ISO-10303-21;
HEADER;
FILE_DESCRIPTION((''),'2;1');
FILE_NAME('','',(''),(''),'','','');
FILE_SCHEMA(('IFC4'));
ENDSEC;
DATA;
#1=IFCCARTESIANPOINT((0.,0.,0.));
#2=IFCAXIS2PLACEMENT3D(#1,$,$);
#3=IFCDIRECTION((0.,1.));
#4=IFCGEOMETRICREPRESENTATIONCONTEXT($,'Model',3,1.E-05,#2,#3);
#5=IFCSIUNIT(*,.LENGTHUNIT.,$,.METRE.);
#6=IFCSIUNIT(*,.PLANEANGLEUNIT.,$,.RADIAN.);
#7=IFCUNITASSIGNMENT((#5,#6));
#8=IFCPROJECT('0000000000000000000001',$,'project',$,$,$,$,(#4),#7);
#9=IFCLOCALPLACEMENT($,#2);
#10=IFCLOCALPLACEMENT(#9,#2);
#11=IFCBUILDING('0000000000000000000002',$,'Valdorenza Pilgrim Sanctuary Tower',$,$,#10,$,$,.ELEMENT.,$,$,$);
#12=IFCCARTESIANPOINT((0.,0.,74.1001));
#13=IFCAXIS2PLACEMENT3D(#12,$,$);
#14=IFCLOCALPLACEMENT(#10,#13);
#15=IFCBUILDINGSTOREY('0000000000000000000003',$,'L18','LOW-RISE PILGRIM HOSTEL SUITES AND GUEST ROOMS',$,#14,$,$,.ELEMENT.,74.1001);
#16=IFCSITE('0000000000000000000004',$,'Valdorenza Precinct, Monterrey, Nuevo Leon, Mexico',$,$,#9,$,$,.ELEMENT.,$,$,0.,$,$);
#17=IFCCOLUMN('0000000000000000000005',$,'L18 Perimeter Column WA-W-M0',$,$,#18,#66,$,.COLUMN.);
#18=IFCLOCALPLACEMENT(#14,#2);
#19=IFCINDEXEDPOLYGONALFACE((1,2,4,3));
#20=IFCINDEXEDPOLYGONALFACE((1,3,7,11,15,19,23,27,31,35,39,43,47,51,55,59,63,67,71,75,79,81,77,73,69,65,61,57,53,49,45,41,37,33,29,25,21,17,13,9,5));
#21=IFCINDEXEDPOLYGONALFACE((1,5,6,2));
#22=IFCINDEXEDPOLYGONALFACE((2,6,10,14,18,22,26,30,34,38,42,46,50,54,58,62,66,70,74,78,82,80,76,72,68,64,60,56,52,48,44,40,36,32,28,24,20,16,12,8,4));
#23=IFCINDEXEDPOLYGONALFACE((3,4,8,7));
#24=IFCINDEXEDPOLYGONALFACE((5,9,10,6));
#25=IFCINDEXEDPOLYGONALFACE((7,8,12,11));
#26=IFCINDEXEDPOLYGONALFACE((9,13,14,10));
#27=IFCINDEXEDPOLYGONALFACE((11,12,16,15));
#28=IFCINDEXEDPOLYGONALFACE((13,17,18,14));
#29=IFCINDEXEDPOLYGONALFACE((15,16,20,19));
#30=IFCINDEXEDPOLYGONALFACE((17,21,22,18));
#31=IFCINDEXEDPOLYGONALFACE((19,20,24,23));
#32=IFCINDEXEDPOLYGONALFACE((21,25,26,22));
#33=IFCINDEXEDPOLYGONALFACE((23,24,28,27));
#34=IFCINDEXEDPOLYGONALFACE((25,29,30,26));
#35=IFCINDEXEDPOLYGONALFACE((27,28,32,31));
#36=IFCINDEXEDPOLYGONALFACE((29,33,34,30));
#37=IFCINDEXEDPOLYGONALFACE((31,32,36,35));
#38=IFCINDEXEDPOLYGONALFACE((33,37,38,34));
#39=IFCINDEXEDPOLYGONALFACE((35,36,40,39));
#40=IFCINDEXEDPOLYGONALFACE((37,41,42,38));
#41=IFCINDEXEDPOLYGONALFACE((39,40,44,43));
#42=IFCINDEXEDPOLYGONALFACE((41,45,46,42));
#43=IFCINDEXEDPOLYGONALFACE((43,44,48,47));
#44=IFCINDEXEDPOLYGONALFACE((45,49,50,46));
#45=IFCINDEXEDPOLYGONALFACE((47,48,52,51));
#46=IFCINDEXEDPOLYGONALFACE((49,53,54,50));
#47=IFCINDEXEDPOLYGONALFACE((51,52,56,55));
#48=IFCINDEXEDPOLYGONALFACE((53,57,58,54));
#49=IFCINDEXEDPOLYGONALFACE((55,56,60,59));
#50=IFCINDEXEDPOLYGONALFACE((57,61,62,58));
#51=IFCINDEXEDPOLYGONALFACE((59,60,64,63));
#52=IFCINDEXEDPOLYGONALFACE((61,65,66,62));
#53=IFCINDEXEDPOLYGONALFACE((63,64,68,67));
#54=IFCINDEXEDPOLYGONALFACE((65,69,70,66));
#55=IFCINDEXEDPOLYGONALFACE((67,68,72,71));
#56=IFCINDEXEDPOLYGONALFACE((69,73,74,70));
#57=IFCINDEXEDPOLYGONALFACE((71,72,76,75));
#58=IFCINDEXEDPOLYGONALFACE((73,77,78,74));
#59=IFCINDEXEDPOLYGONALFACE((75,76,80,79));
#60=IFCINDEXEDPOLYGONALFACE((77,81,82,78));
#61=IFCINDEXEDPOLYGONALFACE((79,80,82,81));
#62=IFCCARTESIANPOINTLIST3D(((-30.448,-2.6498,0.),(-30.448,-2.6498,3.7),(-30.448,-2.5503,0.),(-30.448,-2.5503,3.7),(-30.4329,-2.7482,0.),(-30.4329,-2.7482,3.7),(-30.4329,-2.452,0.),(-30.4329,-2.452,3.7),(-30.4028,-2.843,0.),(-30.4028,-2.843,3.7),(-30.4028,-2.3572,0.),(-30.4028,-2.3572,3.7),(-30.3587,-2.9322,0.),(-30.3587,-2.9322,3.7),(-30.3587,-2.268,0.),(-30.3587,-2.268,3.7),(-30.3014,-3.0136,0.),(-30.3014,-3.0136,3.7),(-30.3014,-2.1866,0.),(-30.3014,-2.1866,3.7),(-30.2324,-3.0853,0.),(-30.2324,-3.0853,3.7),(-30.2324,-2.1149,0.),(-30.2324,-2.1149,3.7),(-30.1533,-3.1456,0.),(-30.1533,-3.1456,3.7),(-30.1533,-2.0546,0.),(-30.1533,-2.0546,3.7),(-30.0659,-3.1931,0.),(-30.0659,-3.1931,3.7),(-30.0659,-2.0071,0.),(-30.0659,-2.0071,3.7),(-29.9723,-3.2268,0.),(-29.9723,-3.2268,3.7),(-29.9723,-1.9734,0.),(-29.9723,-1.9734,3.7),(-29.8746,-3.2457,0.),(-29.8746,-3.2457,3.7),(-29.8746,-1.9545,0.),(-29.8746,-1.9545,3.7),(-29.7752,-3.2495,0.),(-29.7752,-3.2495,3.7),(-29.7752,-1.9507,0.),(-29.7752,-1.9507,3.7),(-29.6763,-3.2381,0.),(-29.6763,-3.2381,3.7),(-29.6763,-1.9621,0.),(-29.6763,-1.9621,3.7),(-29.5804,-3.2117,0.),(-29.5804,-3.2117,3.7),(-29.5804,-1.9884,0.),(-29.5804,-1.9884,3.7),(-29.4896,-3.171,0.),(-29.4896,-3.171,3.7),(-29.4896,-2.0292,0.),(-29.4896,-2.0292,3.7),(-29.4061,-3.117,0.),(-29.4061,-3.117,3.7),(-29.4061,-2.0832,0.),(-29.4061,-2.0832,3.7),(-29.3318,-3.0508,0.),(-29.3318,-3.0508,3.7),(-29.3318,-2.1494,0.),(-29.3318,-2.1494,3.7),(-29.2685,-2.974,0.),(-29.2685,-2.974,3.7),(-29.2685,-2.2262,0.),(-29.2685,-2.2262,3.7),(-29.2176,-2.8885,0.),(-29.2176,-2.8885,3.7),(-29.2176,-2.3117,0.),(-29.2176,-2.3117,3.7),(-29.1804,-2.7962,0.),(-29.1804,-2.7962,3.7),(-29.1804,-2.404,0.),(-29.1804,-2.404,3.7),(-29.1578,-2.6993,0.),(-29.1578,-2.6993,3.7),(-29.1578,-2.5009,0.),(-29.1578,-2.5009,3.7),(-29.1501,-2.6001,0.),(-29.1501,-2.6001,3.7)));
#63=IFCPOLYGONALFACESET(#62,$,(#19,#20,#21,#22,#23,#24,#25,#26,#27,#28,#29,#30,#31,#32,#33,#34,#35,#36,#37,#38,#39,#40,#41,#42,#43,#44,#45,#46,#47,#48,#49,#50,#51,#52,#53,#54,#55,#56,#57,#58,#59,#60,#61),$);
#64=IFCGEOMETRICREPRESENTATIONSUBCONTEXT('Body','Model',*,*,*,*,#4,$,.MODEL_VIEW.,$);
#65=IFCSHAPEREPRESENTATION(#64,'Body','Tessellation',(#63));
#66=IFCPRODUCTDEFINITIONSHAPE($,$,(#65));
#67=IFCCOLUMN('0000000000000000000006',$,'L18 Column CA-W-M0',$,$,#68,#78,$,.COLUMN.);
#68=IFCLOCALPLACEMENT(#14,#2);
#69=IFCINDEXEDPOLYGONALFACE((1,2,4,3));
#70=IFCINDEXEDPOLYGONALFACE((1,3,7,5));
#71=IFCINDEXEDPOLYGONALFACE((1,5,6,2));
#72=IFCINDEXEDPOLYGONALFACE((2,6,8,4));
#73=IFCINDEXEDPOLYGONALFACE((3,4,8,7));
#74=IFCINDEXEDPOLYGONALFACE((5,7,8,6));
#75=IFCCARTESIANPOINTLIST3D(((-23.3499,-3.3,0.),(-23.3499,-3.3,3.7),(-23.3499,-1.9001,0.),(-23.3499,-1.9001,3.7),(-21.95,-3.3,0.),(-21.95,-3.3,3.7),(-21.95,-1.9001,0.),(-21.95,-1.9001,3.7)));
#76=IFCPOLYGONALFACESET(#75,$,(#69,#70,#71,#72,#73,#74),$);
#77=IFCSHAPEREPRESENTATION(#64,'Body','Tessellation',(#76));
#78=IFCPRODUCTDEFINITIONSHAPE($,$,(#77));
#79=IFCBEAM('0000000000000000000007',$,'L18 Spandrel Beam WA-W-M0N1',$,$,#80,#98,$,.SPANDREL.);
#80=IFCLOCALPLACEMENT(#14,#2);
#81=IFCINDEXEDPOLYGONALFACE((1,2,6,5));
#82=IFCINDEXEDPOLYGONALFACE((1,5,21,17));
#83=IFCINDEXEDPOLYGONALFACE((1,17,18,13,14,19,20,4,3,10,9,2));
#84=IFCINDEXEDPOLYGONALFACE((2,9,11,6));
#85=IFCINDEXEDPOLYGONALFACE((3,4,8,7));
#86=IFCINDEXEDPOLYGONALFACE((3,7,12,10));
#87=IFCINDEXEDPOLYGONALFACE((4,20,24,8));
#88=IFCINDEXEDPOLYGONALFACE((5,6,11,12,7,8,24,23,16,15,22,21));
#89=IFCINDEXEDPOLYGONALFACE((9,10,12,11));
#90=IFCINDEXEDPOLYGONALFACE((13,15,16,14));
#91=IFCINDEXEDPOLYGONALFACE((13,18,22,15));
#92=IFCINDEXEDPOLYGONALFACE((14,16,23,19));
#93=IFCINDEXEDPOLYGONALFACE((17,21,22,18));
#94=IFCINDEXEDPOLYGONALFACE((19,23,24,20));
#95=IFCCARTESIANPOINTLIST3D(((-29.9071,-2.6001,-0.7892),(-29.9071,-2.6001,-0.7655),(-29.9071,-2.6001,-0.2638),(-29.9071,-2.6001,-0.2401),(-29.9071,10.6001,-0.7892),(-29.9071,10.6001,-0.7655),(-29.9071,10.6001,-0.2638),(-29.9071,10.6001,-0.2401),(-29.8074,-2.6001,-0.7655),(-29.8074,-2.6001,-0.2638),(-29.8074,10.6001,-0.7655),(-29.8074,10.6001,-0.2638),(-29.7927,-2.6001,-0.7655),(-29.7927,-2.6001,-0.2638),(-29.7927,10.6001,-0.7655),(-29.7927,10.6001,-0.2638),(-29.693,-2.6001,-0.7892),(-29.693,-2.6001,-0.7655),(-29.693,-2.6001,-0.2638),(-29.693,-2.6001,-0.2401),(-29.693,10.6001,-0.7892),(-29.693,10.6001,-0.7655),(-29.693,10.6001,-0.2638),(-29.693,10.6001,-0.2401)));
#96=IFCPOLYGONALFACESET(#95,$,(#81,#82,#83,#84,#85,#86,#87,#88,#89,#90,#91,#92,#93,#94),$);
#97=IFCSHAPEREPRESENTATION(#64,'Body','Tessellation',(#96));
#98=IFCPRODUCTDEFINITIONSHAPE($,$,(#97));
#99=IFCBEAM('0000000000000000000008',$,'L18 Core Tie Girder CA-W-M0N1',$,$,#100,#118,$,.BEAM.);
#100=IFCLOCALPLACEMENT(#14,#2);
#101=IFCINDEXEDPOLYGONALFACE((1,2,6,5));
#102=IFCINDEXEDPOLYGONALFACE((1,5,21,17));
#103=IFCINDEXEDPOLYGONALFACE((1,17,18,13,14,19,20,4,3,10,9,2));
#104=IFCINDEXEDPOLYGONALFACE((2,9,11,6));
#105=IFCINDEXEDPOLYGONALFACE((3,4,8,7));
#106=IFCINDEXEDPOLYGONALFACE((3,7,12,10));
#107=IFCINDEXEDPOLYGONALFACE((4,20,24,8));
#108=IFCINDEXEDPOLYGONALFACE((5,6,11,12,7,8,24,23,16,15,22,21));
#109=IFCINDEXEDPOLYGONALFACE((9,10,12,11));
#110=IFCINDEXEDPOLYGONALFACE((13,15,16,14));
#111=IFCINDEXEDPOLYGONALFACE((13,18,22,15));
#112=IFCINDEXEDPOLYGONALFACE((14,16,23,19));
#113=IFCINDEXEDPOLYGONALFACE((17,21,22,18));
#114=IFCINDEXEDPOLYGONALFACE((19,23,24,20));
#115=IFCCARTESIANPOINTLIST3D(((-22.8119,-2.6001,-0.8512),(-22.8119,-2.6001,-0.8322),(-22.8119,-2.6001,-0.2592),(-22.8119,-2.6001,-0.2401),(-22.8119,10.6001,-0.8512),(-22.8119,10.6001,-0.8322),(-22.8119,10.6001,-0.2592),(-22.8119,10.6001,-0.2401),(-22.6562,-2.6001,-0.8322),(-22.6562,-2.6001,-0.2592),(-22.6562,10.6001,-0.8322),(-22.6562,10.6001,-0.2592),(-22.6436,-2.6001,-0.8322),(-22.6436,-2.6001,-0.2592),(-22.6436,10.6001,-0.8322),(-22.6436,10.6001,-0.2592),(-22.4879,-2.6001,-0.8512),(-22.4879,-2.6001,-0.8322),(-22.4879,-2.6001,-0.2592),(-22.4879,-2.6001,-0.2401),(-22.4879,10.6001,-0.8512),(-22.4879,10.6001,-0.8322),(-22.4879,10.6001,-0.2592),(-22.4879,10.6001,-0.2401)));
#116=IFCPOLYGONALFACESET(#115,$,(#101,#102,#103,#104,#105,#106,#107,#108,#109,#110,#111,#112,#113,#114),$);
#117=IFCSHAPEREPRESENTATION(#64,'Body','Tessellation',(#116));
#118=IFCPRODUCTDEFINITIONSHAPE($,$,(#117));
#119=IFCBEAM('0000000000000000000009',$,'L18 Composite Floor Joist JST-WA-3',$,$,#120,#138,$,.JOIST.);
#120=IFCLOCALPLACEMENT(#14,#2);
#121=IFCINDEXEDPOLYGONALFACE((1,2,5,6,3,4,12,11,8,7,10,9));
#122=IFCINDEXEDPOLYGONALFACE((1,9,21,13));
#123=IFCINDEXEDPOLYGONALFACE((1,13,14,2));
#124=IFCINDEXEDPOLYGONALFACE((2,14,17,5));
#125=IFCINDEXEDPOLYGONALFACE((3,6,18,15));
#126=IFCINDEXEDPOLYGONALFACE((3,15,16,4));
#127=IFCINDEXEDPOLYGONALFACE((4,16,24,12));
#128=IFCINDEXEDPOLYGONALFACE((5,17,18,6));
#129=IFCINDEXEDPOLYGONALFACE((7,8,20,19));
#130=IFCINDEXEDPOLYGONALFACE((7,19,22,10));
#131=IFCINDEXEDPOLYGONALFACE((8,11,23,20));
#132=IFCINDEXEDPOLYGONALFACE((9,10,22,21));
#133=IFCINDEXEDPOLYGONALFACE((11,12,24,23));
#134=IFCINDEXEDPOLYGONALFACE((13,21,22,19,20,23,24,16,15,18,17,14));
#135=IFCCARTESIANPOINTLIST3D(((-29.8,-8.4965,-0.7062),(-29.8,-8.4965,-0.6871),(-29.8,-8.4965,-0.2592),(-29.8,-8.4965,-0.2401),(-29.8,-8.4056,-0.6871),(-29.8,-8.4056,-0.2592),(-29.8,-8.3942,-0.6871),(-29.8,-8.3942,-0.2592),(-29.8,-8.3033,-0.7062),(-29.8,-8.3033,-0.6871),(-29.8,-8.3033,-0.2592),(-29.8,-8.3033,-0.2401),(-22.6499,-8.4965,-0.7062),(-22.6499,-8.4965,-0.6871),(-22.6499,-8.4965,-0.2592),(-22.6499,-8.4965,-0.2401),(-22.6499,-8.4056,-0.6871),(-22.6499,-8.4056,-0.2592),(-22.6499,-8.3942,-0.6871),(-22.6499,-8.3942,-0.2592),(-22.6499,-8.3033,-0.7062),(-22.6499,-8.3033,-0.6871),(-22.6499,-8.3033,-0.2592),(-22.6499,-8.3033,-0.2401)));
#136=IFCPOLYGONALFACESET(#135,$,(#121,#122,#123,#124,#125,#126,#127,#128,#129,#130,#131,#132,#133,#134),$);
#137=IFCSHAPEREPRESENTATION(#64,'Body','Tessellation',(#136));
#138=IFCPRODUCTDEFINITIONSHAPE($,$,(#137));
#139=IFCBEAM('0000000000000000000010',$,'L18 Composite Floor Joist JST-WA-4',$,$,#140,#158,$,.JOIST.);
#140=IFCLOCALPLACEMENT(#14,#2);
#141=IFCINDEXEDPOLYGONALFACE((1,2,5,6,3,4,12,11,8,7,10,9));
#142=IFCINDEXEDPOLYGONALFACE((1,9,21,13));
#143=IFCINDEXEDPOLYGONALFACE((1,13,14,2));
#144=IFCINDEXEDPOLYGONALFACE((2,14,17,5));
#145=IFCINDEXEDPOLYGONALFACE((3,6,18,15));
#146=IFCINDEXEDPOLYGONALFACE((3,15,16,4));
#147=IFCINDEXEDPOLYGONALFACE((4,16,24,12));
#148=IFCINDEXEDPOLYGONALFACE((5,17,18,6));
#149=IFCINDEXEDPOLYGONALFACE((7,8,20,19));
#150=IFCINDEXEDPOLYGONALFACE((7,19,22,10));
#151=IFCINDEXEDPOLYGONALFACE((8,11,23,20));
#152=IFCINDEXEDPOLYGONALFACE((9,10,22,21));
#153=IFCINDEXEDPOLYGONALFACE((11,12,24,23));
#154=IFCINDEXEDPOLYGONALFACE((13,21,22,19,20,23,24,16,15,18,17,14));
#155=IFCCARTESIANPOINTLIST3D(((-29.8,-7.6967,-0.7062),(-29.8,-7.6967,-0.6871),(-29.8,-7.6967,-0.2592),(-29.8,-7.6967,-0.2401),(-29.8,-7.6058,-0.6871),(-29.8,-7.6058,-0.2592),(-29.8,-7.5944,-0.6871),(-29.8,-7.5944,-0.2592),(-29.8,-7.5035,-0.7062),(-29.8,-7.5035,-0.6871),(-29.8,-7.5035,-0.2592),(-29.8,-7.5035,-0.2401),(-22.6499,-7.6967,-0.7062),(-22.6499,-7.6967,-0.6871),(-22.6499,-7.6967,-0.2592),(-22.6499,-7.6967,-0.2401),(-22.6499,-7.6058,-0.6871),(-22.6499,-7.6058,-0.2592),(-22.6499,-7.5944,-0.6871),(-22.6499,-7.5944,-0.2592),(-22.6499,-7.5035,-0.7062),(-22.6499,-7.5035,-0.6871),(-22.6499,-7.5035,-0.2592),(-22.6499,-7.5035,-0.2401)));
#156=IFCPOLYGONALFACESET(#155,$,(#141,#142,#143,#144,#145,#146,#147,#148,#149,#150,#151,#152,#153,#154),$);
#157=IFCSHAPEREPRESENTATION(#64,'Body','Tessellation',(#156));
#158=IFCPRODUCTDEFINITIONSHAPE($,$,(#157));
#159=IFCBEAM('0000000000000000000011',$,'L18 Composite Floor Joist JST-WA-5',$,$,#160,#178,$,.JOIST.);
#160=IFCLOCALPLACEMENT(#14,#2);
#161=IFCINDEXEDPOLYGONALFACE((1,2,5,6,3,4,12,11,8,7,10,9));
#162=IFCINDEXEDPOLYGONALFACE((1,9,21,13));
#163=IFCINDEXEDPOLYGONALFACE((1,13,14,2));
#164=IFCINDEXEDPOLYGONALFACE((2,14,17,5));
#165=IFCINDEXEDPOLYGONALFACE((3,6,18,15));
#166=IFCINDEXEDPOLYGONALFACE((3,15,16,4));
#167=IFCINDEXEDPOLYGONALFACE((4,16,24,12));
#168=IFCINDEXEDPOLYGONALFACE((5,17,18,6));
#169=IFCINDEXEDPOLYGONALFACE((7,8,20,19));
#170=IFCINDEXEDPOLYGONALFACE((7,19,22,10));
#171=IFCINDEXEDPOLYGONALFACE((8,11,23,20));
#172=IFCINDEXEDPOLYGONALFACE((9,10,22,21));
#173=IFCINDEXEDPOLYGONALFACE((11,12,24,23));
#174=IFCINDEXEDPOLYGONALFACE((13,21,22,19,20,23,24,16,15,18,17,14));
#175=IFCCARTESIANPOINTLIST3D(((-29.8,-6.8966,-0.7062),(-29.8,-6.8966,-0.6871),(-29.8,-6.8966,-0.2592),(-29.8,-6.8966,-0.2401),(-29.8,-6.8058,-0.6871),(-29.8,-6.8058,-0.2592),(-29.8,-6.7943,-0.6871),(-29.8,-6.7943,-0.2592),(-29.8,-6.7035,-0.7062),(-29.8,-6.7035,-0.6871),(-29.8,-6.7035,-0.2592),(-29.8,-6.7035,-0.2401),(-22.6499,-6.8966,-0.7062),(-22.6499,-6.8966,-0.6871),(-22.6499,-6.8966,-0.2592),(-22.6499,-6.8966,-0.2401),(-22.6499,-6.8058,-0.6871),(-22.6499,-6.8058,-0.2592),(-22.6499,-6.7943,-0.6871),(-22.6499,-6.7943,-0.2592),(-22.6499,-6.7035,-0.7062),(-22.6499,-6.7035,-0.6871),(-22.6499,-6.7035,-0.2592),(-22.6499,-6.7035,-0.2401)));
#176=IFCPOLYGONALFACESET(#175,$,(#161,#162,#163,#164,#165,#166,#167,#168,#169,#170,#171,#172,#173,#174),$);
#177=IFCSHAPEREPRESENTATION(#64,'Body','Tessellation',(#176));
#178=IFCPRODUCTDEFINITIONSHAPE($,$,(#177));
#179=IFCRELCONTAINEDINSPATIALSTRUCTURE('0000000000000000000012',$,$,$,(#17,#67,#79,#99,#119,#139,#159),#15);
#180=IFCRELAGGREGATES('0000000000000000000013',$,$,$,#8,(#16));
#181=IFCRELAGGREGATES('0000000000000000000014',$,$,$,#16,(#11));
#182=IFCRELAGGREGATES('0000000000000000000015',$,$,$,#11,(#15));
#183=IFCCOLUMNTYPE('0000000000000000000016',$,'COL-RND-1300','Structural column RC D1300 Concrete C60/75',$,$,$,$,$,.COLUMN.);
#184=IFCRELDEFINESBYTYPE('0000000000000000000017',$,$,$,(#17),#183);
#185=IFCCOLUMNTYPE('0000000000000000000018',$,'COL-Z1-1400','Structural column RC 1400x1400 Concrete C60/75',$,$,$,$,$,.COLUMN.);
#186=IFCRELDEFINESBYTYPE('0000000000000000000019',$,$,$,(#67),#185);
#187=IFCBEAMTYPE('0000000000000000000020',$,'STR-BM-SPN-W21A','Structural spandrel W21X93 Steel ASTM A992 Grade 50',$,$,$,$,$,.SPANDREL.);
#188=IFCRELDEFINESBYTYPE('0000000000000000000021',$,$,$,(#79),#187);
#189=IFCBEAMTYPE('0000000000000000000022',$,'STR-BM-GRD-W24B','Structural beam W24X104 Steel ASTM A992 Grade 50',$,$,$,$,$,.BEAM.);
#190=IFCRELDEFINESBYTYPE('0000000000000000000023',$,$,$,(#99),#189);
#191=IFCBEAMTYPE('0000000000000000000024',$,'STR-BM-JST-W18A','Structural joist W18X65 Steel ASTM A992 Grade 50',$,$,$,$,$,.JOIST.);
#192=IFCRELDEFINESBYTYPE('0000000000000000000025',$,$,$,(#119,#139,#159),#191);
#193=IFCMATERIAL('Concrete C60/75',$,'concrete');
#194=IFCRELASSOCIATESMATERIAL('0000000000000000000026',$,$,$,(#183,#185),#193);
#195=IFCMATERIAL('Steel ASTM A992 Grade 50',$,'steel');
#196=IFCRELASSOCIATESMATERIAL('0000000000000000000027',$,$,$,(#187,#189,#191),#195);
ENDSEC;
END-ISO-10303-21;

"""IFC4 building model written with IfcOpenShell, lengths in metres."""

from ifc_helpers import new_model, si_unit, direction, frame, origin, origin_2d, place, context, subcontext, project, spatial, rectangle, circle, i_section, extrude, source, transform, mapped, material, material_profile, profile_set, type_object, element, save


model = new_model("IFC4")

# Units and contexts
model_context = context("Model", 3, precision=1e-05, world=origin(), true_north=direction((0.0, 1.0)))
body_context = subcontext(model_context, "Body", "Model", "MODEL_VIEW")
ifc_project = project(units=[si_unit("LENGTHUNIT", "METRE"), si_unit("PLANEANGLEUNIT", "RADIAN")], contexts=[model_context])

# Site, building, storey
site_placement = place(None, origin())
site = spatial("IfcSite", under=ifc_project, at=site_placement, Name="Valdorenza Precinct, Monterrey, Nuevo Leon, Mexico", CompositionType="ELEMENT", RefElevation=0.0)
building_placement = place(site_placement, origin())
building = spatial("IfcBuilding", under=site, at=building_placement, Name="Valdorenza Pilgrim Sanctuary Tower", CompositionType="ELEMENT")
storey_placement = place(building_placement, frame((0.0, 0.0, 74.1001)))
storey = spatial("IfcBuildingStorey", under=building, at=storey_placement, Name="L18", Description="LOW-RISE PILGRIM HOSTEL SUITES AND GUEST ROOMS", CompositionType="ELEMENT", Elevation=74.1001)

# Columns
ifc_material_1 = material(Name="Concrete C60/75", Category="concrete")
ifc_material_profile_1 = material_profile(ifc_material_1, circle(Radius=0.6499, at=origin_2d()), Name="RC D1300")
ifc_profile_set_1 = profile_set([ifc_material_profile_1], Name="Concrete C60/75")
column_type_1 = type_object("IfcColumnType", Name="COL-RND-1300", Description="Structural column RC D1300 Concrete C60/75", PredefinedType="COLUMN", material=ifc_profile_set_1)
shared_shape_1 = source(origin(), body_context, "Body", "SweptSolid", [
    extrude(circle(Radius=0.6499, at=origin_2d()), origin(), (0.0, 0.0, 1.0), 3.7),
])
column_1_placement = place(storey_placement, frame((-29.8, -2.6001, 0.0), z_axis=(0.0, 0.0, 1.0), x_axis=(1.0, 0.0, 0.0)))
element("IfcColumn", 1, at=column_1_placement, inside=storey, type_object=column_type_1, Name="L18 Perimeter Column WA-W-M0", PredefinedType="COLUMN", context=body_context, shape_type="MappedRepresentation", body=[
    mapped(shared_shape_1, transform((0.0, 0.0, 0.0), x_axis=(1.0, 0.0, 0.0), y_axis=(0.0, 1.0, 0.0), z_axis=(0.0, 0.0, 1.0), scale=1.0)),
])
ifc_material_profile_2 = material_profile(ifc_material_1, rectangle(XDim=1.3999, YDim=1.3999, at=origin_2d()), Name="RC 1400x1400")
ifc_profile_set_2 = profile_set([ifc_material_profile_2], Name="Concrete C60/75")
column_type_2 = type_object("IfcColumnType", Name="COL-Z1-1400", Description="Structural column RC 1400x1400 Concrete C60/75", PredefinedType="COLUMN", material=ifc_profile_set_2)
shared_shape_2 = source(origin(), body_context, "Body", "SweptSolid", [
    extrude(rectangle(XDim=1.3999, YDim=1.3999, at=origin_2d()), origin(), (0.0, 0.0, 1.0), 3.7),
])
column_2_placement = place(storey_placement, frame((-22.6499, -2.6001, 0.0), z_axis=(0.0, 0.0, 1.0), x_axis=(1.0, 0.0, 0.0)))
element("IfcColumn", 2, at=column_2_placement, inside=storey, type_object=column_type_2, Name="L18 Column CA-W-M0", PredefinedType="COLUMN", context=body_context, shape_type="MappedRepresentation", body=[
    mapped(shared_shape_2, transform((0.0, 0.0, 0.0), x_axis=(1.0, 0.0, 0.0), y_axis=(0.0, 1.0, 0.0), z_axis=(0.0, 0.0, 1.0), scale=1.0)),
])

# Beams
ifc_material_2 = material(Name="Steel ASTM A992 Grade 50", Category="steel")
ifc_material_profile_3 = material_profile(ifc_material_2, i_section(OverallWidth=0.2141, OverallDepth=0.5491, WebThickness=0.0146, FlangeThickness=0.0237, at=origin_2d()), Name="W21X93")
ifc_profile_set_3 = profile_set([ifc_material_profile_3], Name="Steel ASTM A992 Grade 50")
beam_type_1 = type_object("IfcBeamType", Name="STR-BM-SPN-W21A", Description="Structural spandrel W21X93 Steel ASTM A992 Grade 50", PredefinedType="SPANDREL", material=ifc_profile_set_3)
shared_shape_3 = source(origin(), body_context, "Body", "SweptSolid", [
    extrude(i_section(OverallWidth=0.2141, OverallDepth=0.5491, WebThickness=0.0146, FlangeThickness=0.0237, at=origin_2d()), origin(), (0.0, 0.0, 1.0), 13.2002),
])
beam_1_placement = place(storey_placement, frame((-29.8, -2.6001, -0.5146), z_axis=(0.0, 1.0, 0.0), x_axis=(-1.0, 0.0, 0.0)))
element("IfcBeam", 3, at=beam_1_placement, inside=storey, type_object=beam_type_1, Name="L18 Spandrel Beam WA-W-M0N1", PredefinedType="SPANDREL", context=body_context, shape_type="MappedRepresentation", body=[
    mapped(shared_shape_3, transform((0.0, 0.0, 0.0), x_axis=(1.0, 0.0, 0.0), y_axis=(0.0, 1.0, 0.0), z_axis=(0.0, 0.0, 1.0), scale=1.0)),
])
ifc_material_profile_4 = material_profile(ifc_material_2, i_section(OverallWidth=0.324, OverallDepth=0.6111, WebThickness=0.0127, FlangeThickness=0.019, at=origin_2d()), Name="W24X104")
ifc_profile_set_4 = profile_set([ifc_material_profile_4], Name="Steel ASTM A992 Grade 50")
beam_type_2 = type_object("IfcBeamType", Name="STR-BM-GRD-W24B", Description="Structural beam W24X104 Steel ASTM A992 Grade 50", PredefinedType="BEAM", material=ifc_profile_set_4)
shared_shape_4 = source(origin(), body_context, "Body", "SweptSolid", [
    extrude(i_section(OverallWidth=0.324, OverallDepth=0.6111, WebThickness=0.0127, FlangeThickness=0.019, at=origin_2d()), origin(), (0.0, 0.0, 1.0), 13.2002),
])
beam_2_placement = place(storey_placement, frame((-22.6499, -2.6001, -0.5457), z_axis=(0.0, 1.0, 0.0), x_axis=(-1.0, 0.0, 0.0)))
element("IfcBeam", 4, at=beam_2_placement, inside=storey, type_object=beam_type_2, Name="L18 Core Tie Girder CA-W-M0N1", PredefinedType="BEAM", context=body_context, shape_type="MappedRepresentation", body=[
    mapped(shared_shape_4, transform((0.0, 0.0, 0.0), x_axis=(1.0, 0.0, 0.0), y_axis=(0.0, 1.0, 0.0), z_axis=(0.0, 0.0, 1.0), scale=1.0)),
])
ifc_material_profile_5 = material_profile(ifc_material_2, i_section(OverallWidth=0.1931, OverallDepth=0.4661, WebThickness=0.0115, FlangeThickness=0.019, at=origin_2d()), Name="W18X65")
ifc_profile_set_5 = profile_set([ifc_material_profile_5], Name="Steel ASTM A992 Grade 50")
beam_type_3 = type_object("IfcBeamType", Name="STR-BM-JST-W18A", Description="Structural joist W18X65 Steel ASTM A992 Grade 50", PredefinedType="JOIST", material=ifc_profile_set_5)
shared_shape_5 = source(origin(), body_context, "Body", "SweptSolid", [
    extrude(i_section(OverallWidth=0.1931, OverallDepth=0.4661, WebThickness=0.0115, FlangeThickness=0.019, at=origin_2d()), origin(), (0.0, 0.0, 1.0), 7.1501),
])
for number, where, z_axis, x_axis, name in (
    (5, (-29.8, -8.3999, -0.4731), (1.0, 0.0, 0.0), (0.0, 1.0, 0.0), "L18 Composite Floor Joist JST-WA-3"),
    (6, (-29.8, -7.6001, -0.4731), (1.0, 0.0, 0.0), (0.0, 1.0, 0.0), "L18 Composite Floor Joist JST-WA-4"),
    (7, (-29.8, -6.8, -0.4731), (1.0, 0.0, 0.0), (0.0, 1.0, 0.0), "L18 Composite Floor Joist JST-WA-5"),
):
    element("IfcBeam", number, at=place(storey_placement, frame(where, z_axis=z_axis, x_axis=x_axis)), inside=storey, type_object=beam_type_3, Name=name, PredefinedType="JOIST", context=body_context, shape_type="MappedRepresentation", body=[
        mapped(shared_shape_5, transform((0.0, 0.0, 0.0), x_axis=(1.0, 0.0, 0.0), y_axis=(0.0, 1.0, 0.0), z_axis=(0.0, 0.0, 1.0), scale=1.0)),
    ])

save(model, "model.ifc")
